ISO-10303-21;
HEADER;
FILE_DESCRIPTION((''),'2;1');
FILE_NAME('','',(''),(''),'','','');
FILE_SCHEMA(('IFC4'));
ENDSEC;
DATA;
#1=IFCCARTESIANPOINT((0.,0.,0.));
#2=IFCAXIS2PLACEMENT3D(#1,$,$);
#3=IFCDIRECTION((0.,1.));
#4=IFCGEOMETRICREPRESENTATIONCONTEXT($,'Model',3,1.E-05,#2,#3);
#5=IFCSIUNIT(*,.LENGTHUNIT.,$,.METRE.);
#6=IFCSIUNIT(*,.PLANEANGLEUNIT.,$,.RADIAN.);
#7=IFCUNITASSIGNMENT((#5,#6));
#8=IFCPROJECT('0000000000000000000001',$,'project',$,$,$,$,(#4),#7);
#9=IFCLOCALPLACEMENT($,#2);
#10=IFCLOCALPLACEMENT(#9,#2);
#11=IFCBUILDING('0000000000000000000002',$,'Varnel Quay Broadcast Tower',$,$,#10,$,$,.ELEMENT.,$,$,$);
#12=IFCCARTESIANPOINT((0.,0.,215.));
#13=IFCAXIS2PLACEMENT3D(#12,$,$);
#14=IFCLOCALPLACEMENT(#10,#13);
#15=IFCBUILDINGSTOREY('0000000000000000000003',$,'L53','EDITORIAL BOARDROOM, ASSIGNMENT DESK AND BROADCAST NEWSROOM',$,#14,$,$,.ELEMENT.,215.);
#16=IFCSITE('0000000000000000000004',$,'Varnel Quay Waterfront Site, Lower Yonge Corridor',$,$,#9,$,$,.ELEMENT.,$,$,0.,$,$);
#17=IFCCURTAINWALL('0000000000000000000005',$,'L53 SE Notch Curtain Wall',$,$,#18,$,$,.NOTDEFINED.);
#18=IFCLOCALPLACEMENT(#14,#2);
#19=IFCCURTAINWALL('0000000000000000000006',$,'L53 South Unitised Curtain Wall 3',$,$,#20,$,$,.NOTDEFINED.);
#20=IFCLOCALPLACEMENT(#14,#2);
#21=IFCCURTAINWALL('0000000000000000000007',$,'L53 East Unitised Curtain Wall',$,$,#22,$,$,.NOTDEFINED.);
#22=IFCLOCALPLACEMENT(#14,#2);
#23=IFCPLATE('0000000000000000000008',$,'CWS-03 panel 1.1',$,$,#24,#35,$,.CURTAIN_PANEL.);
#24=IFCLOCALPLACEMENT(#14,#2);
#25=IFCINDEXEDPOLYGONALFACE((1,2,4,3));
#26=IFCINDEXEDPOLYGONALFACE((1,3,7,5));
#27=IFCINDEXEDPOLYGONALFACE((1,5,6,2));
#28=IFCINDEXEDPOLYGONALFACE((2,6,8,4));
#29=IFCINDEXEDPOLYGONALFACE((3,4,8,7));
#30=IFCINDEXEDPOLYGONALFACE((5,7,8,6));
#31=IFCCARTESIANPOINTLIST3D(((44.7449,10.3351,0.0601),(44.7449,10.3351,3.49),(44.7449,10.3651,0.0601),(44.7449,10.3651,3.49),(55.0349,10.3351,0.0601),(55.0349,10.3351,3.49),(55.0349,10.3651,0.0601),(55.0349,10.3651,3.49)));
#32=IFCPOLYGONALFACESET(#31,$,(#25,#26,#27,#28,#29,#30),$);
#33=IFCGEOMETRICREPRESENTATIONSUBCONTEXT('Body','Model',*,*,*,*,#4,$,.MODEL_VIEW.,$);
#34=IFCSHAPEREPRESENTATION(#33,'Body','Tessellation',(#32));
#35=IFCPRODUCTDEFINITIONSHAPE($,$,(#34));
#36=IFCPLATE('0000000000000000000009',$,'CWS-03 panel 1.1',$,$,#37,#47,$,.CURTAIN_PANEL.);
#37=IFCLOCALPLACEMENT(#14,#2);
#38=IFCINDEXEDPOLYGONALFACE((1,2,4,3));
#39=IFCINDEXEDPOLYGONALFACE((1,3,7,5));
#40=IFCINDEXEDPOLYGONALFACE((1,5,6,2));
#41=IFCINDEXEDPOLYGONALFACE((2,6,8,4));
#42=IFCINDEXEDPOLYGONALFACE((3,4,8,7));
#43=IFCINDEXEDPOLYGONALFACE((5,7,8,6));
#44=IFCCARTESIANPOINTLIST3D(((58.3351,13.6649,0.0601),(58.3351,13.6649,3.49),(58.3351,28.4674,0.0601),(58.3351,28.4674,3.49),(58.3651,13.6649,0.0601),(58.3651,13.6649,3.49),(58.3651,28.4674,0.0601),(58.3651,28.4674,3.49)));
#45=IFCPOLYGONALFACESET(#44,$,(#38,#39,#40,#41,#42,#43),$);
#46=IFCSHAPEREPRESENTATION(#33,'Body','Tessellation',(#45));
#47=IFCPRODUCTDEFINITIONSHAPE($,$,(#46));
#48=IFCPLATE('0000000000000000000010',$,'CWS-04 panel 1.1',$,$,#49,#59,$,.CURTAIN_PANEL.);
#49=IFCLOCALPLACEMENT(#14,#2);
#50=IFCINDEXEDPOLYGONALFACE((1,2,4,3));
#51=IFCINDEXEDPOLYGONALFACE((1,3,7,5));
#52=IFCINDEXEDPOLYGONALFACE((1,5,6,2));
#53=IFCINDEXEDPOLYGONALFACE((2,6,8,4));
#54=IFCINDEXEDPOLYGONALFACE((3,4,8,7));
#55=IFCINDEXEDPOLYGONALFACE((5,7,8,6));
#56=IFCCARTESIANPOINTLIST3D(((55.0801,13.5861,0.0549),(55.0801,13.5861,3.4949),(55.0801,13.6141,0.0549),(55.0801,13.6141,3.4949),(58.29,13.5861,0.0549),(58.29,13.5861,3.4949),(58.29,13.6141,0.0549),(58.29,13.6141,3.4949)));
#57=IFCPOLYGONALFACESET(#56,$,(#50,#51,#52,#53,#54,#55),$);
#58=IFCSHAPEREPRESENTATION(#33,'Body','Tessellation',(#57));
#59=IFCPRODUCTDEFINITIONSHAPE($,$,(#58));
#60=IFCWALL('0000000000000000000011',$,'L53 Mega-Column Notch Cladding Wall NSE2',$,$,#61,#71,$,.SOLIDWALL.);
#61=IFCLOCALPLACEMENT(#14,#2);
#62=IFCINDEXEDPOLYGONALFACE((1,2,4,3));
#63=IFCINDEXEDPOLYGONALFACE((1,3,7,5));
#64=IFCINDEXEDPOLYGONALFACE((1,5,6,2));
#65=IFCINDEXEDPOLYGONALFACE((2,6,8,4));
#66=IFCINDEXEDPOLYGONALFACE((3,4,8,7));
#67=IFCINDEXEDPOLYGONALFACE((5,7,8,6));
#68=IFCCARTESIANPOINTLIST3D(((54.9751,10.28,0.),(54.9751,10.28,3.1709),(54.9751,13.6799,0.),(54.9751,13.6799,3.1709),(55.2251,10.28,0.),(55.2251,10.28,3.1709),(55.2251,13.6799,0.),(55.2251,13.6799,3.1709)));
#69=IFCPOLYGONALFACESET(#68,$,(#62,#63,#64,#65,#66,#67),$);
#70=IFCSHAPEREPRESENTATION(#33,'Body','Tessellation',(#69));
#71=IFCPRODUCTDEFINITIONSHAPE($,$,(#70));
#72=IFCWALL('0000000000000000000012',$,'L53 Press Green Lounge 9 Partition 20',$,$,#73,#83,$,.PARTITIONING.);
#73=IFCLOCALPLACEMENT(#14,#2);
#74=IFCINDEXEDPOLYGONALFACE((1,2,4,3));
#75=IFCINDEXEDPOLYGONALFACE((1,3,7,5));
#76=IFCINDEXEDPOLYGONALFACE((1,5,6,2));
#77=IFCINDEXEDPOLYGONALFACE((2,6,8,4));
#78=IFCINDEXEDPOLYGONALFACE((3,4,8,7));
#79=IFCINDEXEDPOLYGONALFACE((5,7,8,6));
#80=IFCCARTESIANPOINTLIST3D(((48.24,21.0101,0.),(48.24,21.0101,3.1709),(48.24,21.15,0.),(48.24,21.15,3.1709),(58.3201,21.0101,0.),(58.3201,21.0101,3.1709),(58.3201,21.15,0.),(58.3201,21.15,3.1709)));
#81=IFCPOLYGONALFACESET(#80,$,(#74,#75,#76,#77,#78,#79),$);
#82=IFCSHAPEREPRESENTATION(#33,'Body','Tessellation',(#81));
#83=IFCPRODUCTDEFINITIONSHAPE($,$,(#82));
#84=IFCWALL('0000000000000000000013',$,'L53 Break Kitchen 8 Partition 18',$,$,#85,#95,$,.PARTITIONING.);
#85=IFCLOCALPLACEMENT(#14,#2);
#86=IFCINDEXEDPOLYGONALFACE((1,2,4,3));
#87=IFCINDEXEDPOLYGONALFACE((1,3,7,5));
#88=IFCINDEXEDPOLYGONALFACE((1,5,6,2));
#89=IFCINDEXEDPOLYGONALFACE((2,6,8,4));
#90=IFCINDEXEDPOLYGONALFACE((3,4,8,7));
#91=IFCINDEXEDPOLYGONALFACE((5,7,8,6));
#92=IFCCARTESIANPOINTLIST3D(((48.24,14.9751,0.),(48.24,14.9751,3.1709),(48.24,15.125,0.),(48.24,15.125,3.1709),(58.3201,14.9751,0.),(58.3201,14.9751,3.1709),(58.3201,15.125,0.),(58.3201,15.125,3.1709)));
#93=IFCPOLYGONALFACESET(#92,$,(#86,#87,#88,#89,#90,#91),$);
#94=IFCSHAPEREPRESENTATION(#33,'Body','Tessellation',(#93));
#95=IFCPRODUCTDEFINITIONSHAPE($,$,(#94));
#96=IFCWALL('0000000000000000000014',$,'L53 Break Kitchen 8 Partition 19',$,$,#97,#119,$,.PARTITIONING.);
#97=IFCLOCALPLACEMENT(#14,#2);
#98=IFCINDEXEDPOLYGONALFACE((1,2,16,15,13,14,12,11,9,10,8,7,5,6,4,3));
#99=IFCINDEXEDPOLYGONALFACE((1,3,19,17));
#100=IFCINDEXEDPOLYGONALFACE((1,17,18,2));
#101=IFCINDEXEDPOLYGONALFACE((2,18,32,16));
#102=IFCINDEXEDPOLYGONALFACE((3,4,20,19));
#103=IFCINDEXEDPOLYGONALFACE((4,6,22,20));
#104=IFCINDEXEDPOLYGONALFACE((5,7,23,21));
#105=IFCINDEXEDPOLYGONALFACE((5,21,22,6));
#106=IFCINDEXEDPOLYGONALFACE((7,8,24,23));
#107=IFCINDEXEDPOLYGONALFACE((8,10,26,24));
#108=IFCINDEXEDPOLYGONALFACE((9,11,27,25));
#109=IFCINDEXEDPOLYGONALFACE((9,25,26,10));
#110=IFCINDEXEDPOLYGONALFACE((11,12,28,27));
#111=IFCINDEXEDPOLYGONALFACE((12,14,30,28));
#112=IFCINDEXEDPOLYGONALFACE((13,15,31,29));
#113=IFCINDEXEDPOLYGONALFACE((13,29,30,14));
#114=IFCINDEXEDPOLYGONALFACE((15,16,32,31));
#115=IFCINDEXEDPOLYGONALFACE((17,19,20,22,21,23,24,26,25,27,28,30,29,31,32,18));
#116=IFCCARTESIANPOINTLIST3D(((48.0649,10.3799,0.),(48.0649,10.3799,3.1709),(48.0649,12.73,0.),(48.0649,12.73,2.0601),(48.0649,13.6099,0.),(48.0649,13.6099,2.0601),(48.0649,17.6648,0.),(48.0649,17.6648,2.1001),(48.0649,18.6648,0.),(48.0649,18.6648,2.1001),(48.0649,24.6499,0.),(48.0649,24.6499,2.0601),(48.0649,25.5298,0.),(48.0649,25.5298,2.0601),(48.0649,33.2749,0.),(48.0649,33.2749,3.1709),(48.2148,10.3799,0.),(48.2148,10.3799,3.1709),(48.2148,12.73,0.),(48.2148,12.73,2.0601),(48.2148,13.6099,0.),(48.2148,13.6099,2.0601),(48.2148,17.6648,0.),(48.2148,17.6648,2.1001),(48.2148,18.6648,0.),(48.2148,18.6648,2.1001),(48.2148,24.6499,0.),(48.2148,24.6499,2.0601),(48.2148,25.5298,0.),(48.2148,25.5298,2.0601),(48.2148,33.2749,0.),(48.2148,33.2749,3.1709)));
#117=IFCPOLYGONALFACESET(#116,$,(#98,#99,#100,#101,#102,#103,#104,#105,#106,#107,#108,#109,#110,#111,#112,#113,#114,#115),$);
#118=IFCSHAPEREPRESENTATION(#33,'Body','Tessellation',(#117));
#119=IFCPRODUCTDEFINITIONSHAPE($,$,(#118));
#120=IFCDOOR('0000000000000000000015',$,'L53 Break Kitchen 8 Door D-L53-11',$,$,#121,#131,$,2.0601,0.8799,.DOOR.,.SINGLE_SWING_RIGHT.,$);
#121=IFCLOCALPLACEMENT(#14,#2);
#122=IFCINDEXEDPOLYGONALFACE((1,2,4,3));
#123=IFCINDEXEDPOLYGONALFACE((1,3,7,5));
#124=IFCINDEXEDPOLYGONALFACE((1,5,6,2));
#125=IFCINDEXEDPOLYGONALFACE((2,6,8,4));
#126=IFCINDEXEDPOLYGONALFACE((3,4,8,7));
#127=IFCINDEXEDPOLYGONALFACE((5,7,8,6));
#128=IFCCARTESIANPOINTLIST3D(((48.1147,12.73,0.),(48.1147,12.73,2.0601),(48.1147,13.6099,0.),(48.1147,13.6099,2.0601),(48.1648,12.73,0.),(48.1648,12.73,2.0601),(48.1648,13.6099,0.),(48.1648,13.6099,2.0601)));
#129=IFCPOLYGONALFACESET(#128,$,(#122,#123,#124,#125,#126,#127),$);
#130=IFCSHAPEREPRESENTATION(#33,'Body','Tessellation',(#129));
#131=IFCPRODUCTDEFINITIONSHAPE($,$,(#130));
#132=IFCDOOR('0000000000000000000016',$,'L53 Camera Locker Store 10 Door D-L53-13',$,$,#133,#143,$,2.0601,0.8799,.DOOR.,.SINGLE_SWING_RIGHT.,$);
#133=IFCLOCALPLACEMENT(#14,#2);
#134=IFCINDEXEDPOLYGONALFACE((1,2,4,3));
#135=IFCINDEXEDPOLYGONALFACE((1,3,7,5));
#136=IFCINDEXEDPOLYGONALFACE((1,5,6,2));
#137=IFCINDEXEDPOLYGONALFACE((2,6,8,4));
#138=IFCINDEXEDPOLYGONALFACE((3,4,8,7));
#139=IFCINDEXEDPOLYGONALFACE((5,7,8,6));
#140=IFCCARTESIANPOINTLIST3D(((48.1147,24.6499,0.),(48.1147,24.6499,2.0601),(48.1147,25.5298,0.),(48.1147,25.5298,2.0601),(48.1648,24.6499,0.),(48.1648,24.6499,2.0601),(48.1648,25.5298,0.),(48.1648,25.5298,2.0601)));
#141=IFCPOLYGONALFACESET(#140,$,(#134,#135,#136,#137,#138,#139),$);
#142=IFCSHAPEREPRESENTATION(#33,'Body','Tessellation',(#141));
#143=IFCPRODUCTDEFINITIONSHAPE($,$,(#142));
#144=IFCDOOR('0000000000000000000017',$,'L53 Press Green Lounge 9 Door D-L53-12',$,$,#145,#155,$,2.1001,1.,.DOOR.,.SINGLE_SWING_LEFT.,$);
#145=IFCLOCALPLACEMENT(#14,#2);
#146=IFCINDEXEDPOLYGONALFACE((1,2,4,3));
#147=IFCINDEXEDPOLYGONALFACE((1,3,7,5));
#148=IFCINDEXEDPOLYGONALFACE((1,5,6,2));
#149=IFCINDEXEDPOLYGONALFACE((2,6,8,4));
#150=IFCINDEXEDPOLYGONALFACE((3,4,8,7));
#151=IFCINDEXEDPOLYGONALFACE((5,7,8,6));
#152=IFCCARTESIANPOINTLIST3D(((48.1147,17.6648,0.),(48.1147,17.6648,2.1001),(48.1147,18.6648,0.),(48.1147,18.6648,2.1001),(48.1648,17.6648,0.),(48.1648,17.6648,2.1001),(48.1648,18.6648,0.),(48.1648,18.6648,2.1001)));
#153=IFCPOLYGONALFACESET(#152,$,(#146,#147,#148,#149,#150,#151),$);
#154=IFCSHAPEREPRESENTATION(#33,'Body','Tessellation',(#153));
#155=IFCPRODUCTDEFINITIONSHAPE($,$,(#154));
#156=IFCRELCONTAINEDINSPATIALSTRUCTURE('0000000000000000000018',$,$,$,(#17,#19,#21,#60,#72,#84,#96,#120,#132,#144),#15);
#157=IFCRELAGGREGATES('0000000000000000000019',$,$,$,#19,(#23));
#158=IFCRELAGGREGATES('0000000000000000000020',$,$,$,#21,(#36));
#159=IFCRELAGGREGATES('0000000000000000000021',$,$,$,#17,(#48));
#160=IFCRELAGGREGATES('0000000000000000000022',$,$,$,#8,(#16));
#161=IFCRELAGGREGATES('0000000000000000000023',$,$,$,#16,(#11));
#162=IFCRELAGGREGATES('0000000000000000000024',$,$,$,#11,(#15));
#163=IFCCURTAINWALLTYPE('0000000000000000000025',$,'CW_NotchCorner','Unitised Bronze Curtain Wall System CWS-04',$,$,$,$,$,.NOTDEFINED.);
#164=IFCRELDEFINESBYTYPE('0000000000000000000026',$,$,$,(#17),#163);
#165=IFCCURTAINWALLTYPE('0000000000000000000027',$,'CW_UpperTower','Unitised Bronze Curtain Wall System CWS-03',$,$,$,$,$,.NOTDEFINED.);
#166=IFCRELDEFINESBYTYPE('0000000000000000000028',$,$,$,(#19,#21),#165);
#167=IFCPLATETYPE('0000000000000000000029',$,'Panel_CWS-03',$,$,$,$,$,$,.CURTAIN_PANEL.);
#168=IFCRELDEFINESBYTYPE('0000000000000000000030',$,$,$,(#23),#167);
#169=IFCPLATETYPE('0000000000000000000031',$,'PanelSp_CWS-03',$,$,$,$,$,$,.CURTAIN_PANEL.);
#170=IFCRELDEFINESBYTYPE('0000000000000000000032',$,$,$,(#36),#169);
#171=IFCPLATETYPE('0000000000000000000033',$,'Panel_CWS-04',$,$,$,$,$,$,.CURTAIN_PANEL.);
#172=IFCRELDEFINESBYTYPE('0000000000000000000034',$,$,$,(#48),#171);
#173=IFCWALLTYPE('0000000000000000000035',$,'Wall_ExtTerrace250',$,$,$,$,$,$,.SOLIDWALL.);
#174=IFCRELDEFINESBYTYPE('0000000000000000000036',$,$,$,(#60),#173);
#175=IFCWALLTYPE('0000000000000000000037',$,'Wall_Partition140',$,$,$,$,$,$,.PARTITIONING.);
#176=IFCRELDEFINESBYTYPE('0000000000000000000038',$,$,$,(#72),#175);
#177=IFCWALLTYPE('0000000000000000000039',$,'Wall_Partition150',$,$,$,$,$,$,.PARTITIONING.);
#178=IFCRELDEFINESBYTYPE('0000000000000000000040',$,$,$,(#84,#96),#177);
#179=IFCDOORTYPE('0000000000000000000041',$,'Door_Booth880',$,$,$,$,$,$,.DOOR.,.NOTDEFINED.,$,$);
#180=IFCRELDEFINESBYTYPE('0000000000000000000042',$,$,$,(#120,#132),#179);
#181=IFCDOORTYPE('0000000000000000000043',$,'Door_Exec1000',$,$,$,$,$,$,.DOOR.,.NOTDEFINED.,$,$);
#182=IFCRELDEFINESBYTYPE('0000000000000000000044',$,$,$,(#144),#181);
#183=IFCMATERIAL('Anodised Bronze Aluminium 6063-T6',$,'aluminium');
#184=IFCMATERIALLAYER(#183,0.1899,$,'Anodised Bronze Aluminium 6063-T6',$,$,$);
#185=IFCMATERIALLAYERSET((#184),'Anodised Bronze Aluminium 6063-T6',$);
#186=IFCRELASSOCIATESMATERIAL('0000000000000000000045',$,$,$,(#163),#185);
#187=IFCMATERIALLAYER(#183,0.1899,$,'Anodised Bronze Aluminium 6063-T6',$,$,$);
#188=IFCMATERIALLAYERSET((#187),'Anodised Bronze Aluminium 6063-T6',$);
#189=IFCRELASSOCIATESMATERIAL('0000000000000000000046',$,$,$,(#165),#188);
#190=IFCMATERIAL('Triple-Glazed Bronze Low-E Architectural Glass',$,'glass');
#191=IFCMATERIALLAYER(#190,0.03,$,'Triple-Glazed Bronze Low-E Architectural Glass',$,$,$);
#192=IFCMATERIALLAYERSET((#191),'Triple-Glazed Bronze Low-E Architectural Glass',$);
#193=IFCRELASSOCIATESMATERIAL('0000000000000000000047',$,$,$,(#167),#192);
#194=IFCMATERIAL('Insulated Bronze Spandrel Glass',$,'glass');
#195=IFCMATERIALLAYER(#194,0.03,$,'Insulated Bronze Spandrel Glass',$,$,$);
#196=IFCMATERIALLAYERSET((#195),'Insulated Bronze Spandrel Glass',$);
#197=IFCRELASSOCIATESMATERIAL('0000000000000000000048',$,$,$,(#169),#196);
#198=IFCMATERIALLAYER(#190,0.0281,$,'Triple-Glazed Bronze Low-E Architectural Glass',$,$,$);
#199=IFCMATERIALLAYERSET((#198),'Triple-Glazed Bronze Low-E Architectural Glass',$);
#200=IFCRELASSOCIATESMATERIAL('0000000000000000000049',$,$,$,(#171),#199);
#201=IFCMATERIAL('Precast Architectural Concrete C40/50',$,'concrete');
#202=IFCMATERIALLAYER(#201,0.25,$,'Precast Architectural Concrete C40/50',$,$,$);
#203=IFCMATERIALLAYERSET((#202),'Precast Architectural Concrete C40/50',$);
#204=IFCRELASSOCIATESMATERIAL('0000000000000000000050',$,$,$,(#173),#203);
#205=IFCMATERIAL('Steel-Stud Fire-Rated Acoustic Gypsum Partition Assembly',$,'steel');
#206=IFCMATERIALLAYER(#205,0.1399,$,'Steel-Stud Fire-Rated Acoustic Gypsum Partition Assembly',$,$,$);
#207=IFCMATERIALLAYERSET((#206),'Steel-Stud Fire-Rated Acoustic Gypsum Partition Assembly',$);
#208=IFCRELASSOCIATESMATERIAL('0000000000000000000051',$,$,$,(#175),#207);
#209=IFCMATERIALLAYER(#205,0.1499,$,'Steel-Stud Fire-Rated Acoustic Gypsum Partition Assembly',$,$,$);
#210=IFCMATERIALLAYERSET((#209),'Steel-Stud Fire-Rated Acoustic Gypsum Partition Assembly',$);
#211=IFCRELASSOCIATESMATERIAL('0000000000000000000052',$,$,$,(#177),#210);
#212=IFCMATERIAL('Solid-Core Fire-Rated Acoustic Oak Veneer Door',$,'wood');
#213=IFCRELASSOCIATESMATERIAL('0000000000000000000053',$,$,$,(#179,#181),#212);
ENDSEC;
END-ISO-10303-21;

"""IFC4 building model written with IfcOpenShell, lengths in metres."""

from ifc_helpers import new_model, si_unit, direction, frame, frame_2d, origin, origin_2d, place, context, subcontext, project, spatial, rectangle, extrude, source, transform, mapped, material, layer, layer_set, type_object, type_shapes, element, fill, aggregate, save


model = new_model("IFC4")

# Units and contexts
model_context = context("Model", 3, precision=1e-05, world=origin(), true_north=direction((0.0, 1.0)))
body_context = subcontext(model_context, "Body", "Model", "MODEL_VIEW")
ifc_project = project(units=[si_unit("LENGTHUNIT", "METRE"), si_unit("PLANEANGLEUNIT", "RADIAN")], contexts=[model_context])

# Site, building, storey
site_placement = place(None, origin())
site = spatial("IfcSite", under=ifc_project, at=site_placement, Name="Varnel Quay Waterfront Site, Lower Yonge Corridor", CompositionType="ELEMENT", RefElevation=0.0)
building_placement = place(site_placement, origin())
building = spatial("IfcBuilding", under=site, at=building_placement, Name="Varnel Quay Broadcast Tower", CompositionType="ELEMENT")
storey_placement = place(building_placement, frame((0.0, 0.0, 215.0)))
storey = spatial("IfcBuildingStorey", under=building, at=storey_placement, Name="L53", Description="EDITORIAL BOARDROOM, ASSIGNMENT DESK AND BROADCAST NEWSROOM", CompositionType="ELEMENT", Elevation=215.0)

# Curtain wall
ifc_material_1 = material(Name="Anodised Bronze Aluminium 6063-T6", Category="aluminium")
ifc_layer_1 = layer(ifc_material_1, 0.1899, Name="Anodised Bronze Aluminium 6063-T6")
ifc_layer_set_1 = layer_set([ifc_layer_1], Name="Anodised Bronze Aluminium 6063-T6")
curtain_wall_type_1 = type_object("IfcCurtainWallType", Name="CW_NotchCorner", Description="Unitised Bronze Curtain Wall System CWS-04", PredefinedType="NOTDEFINED", material=ifc_layer_set_1)
curtain_wall_1_placement = place(storey_placement, origin())
curtain_wall_1 = element("IfcCurtainWall", 1, at=curtain_wall_1_placement, inside=storey, type_object=curtain_wall_type_1, Name="L53 SE Notch Curtain Wall", PredefinedType="NOTDEFINED")

# Curtain walls
ifc_layer_2 = layer(ifc_material_1, 0.1899, Name="Anodised Bronze Aluminium 6063-T6")
ifc_layer_set_2 = layer_set([ifc_layer_2], Name="Anodised Bronze Aluminium 6063-T6")
curtain_wall_type_2 = type_object("IfcCurtainWallType", Name="CW_UpperTower", Description="Unitised Bronze Curtain Wall System CWS-03", PredefinedType="NOTDEFINED", material=ifc_layer_set_2)
curtain_wall_2_placement = place(storey_placement, origin())
curtain_wall_2 = element("IfcCurtainWall", 2, at=curtain_wall_2_placement, inside=storey, type_object=curtain_wall_type_2, Name="L53 South Unitised Curtain Wall 3", PredefinedType="NOTDEFINED")
curtain_wall_3_placement = place(storey_placement, origin())
curtain_wall_3 = element("IfcCurtainWall", 3, at=curtain_wall_3_placement, inside=storey, type_object=curtain_wall_type_2, Name="L53 East Unitised Curtain Wall", PredefinedType="NOTDEFINED")

# Plates
ifc_material_2 = material(Name="Triple-Glazed Bronze Low-E Architectural Glass", Category="glass")
ifc_layer_3 = layer(ifc_material_2, 0.03, Name="Triple-Glazed Bronze Low-E Architectural Glass")
ifc_layer_set_3 = layer_set([ifc_layer_3], Name="Triple-Glazed Bronze Low-E Architectural Glass")
plate_type_1 = type_object("IfcPlateType", Name="Panel_CWS-03", PredefinedType="CURTAIN_PANEL", material=ifc_layer_set_3)
shared_shape_1 = source(origin(), body_context, "Body", "SweptSolid", [
    extrude(rectangle(XDim=10.29, YDim=0.03, at=origin_2d()), origin(), (0.0, 0.0, 1.0), 3.4299),
])
type_shapes(plate_type_1, [shared_shape_1])
plate_1_placement = place(storey_placement, frame((49.8899, 10.3501, 0.0601), z_axis=(0.0, 0.0, 1.0), x_axis=(1.0, 0.0, 0.0)))
plate_1 = element("IfcPlate", 4, at=plate_1_placement, type_object=plate_type_1, Name="CWS-03 panel 1.1", PredefinedType="CURTAIN_PANEL", context=body_context, shape_type="MappedRepresentation", body=[
    mapped(shared_shape_1, transform((0.0, 0.0, 0.0), x_axis=(1.0, 0.0, 0.0), y_axis=(0.0, 1.0, 0.0), z_axis=(0.0, 0.0, 1.0), scale=1.0)),
])
aggregate(curtain_wall_2, [plate_1])
ifc_material_3 = material(Name="Insulated Bronze Spandrel Glass", Category="glass")
ifc_layer_4 = layer(ifc_material_3, 0.03, Name="Insulated Bronze Spandrel Glass")
ifc_layer_set_4 = layer_set([ifc_layer_4], Name="Insulated Bronze Spandrel Glass")
plate_type_2 = type_object("IfcPlateType", Name="PanelSp_CWS-03", PredefinedType="CURTAIN_PANEL", material=ifc_layer_set_4)
shared_shape_2 = source(origin(), body_context, "Body", "SweptSolid", [
    extrude(rectangle(XDim=14.8025, YDim=0.03, at=origin_2d()), origin(), (0.0, 0.0, 1.0), 3.4299),
])
type_shapes(plate_type_2, [shared_shape_2])
plate_2_placement = place(storey_placement, frame((58.3501, 21.0662, 0.0601), z_axis=(0.0, 0.0, 1.0), x_axis=(0.0, 1.0, 0.0)))
plate_2 = element("IfcPlate", 5, at=plate_2_placement, type_object=plate_type_2, Name="CWS-03 panel 1.1", PredefinedType="CURTAIN_PANEL", context=body_context, shape_type="MappedRepresentation", body=[
    mapped(shared_shape_2, transform((0.0, 0.0, 0.0), x_axis=(1.0, 0.0, 0.0), y_axis=(0.0, 1.0, 0.0), z_axis=(0.0, 0.0, 1.0), scale=1.0)),
])
aggregate(curtain_wall_3, [plate_2])
ifc_layer_5 = layer(ifc_material_2, 0.0281, Name="Triple-Glazed Bronze Low-E Architectural Glass")
ifc_layer_set_5 = layer_set([ifc_layer_5], Name="Triple-Glazed Bronze Low-E Architectural Glass")
plate_type_3 = type_object("IfcPlateType", Name="Panel_CWS-04", PredefinedType="CURTAIN_PANEL", material=ifc_layer_set_5)
shared_shape_3 = source(origin(), body_context, "Body", "SweptSolid", [
    extrude(rectangle(XDim=3.21, YDim=0.0281, at=origin_2d()), origin(), (0.0, 0.0, 1.0), 3.4399),
])
type_shapes(plate_type_3, [shared_shape_3])
plate_3_placement = place(storey_placement, frame((56.6851, 13.6001, 0.0549), z_axis=(0.0, 0.0, 1.0), x_axis=(1.0, 0.0, 0.0)))
plate_3 = element("IfcPlate", 6, at=plate_3_placement, type_object=plate_type_3, Name="CWS-04 panel 1.1", PredefinedType="CURTAIN_PANEL", context=body_context, shape_type="MappedRepresentation", body=[
    mapped(shared_shape_3, transform((0.0, 0.0, 0.0), x_axis=(1.0, 0.0, 0.0), y_axis=(0.0, 1.0, 0.0), z_axis=(0.0, 0.0, 1.0), scale=1.0)),
])
aggregate(curtain_wall_1, [plate_3])

# Walls
ifc_material_4 = material(Name="Precast Architectural Concrete C40/50", Category="concrete")
ifc_layer_6 = layer(ifc_material_4, 0.25, Name="Precast Architectural Concrete C40/50")
ifc_layer_set_6 = layer_set([ifc_layer_6], Name="Precast Architectural Concrete C40/50")
wall_type_1 = type_object("IfcWallType", Name="Wall_ExtTerrace250", PredefinedType="SOLIDWALL", material=ifc_layer_set_6)
wall_1_placement = place(storey_placement, frame((55.1001, 10.28, 0.0), z_axis=(0.0, 0.0, 1.0), x_axis=(0.0, 1.0, 0.0)))
element("IfcWall", 7, at=wall_1_placement, inside=storey, type_object=wall_type_1, Name="L53 Mega-Column Notch Cladding Wall NSE2", PredefinedType="SOLIDWALL", context=body_context, shape_type="SweptSolid", body=[
    extrude(rectangle(XDim=3.3999, YDim=0.25, at=frame_2d((1.7, 0.0))), origin(), (0.0, 0.0, 1.0), 3.1709),
])
ifc_material_5 = material(Name="Steel-Stud Fire-Rated Acoustic Gypsum Partition Assembly", Category="steel")
ifc_layer_7 = layer(ifc_material_5, 0.1399, Name="Steel-Stud Fire-Rated Acoustic Gypsum Partition Assembly")
ifc_layer_set_7 = layer_set([ifc_layer_7], Name="Steel-Stud Fire-Rated Acoustic Gypsum Partition Assembly")
wall_type_2 = type_object("IfcWallType", Name="Wall_Partition140", PredefinedType="PARTITIONING", material=ifc_layer_set_7)
wall_2_placement = place(storey_placement, frame((48.24, 21.0801, 0.0), z_axis=(0.0, 0.0, 1.0), x_axis=(1.0, 0.0, 0.0)))
element("IfcWall", 8, at=wall_2_placement, inside=storey, type_object=wall_type_2, Name="L53 Press Green Lounge 9 Partition 20", PredefinedType="PARTITIONING", context=body_context, shape_type="SweptSolid", body=[
    extrude(rectangle(XDim=10.0801, YDim=0.1399, at=frame_2d((5.04, 0.0))), origin(), (0.0, 0.0, 1.0), 3.1709),
])
ifc_layer_8 = layer(ifc_material_5, 0.1499, Name="Steel-Stud Fire-Rated Acoustic Gypsum Partition Assembly")
ifc_layer_set_8 = layer_set([ifc_layer_8], Name="Steel-Stud Fire-Rated Acoustic Gypsum Partition Assembly")
wall_type_3 = type_object("IfcWallType", Name="Wall_Partition150", PredefinedType="PARTITIONING", material=ifc_layer_set_8)
wall_3_placement = place(storey_placement, frame((48.24, 15.05, 0.0), z_axis=(0.0, 0.0, 1.0), x_axis=(1.0, 0.0, 0.0)))
element("IfcWall", 9, at=wall_3_placement, inside=storey, type_object=wall_type_3, Name="L53 Break Kitchen 8 Partition 18", PredefinedType="PARTITIONING", context=body_context, shape_type="SweptSolid", body=[
    extrude(rectangle(XDim=10.0801, YDim=0.1499, at=frame_2d((5.04, 0.0))), origin(), (0.0, 0.0, 1.0), 3.1709),
])

# Wall, openings, doors
wall_4_placement = place(storey_placement, frame((48.1399, 10.3799, 0.0), z_axis=(0.0, 0.0, 1.0), x_axis=(0.0, 1.0, 0.0)))
wall_4 = element("IfcWall", 10, at=wall_4_placement, inside=storey, type_object=wall_type_3, Name="L53 Break Kitchen 8 Partition 19", PredefinedType="PARTITIONING", context=body_context, shape_type="SweptSolid", body=[
    extrude(rectangle(XDim=22.895, YDim=0.1499, at=frame_2d((11.4475, 0.0))), origin(), (0.0, 0.0, 1.0), 3.1709),
])
opening_1_placement = place(wall_4_placement, frame((2.3501, 0.0, 0.0)))
opening_1 = element("IfcOpeningElement", 11, at=opening_1_placement, cuts=wall_4, PredefinedType="OPENING", context=body_context, shape_type="SweptSolid", body=[
    extrude(rectangle(XDim=0.8799, YDim=2.0601, at=frame_2d((0.4399, 1.03))), frame((0.0, 0.085, 0.0), z_axis=(0.0, -1.0, 0.0), x_axis=(1.0, 0.0, 0.0)), (0.0, 0.0, 1.0), 0.1699),
])
opening_2_placement = place(wall_4_placement, frame((7.2849, 0.0, 0.0)))
opening_2 = element("IfcOpeningElement", 12, at=opening_2_placement, cuts=wall_4, PredefinedType="OPENING", context=body_context, shape_type="SweptSolid", body=[
    extrude(rectangle(XDim=1.0, YDim=2.1001, at=frame_2d((0.5, 1.05))), frame((0.0, 0.085, 0.0), z_axis=(0.0, -1.0, 0.0), x_axis=(1.0, 0.0, 0.0)), (0.0, 0.0, 1.0), 0.1699),
])
opening_3_placement = place(wall_4_placement, frame((14.27, 0.0, 0.0)))
opening_3 = element("IfcOpeningElement", 13, at=opening_3_placement, cuts=wall_4, PredefinedType="OPENING", context=body_context, shape_type="SweptSolid", body=[
    extrude(rectangle(XDim=0.8799, YDim=2.0601, at=frame_2d((0.4399, 1.03))), frame((0.0, 0.085, 0.0), z_axis=(0.0, -1.0, 0.0), x_axis=(1.0, 0.0, 0.0)), (0.0, 0.0, 1.0), 0.1699),
])
ifc_material_6 = material(Name="Solid-Core Fire-Rated Acoustic Oak Veneer Door", Category="wood")
door_type_1 = type_object("IfcDoorType", Name="Door_Booth880", OperationType="NOTDEFINED", PredefinedType="DOOR", material=ifc_material_6)
shared_shape_4 = source(origin(), body_context, "Body", "SweptSolid", [
    extrude(rectangle(XDim=0.8799, YDim=2.0601, at=frame_2d((0.4399, 1.03))), frame((0.0, 0.0249, 0.0), z_axis=(0.0, -1.0, 0.0), x_axis=(1.0, 0.0, 0.0)), (0.0, 0.0, 1.0), 0.05),
])
type_shapes(door_type_1, [shared_shape_4])
door_1_placement = place(opening_1_placement, frame((0.8799, 0.0, 0.0), z_axis=(0.0, 0.0, 1.0), x_axis=(-1.0, 0.0, 0.0)))
door_1 = element("IfcDoor", 14, at=door_1_placement, inside=storey, type_object=door_type_1, Name="L53 Break Kitchen 8 Door D-L53-11", OperationType="SINGLE_SWING_RIGHT", OverallHeight=2.0601, OverallWidth=0.8799, PredefinedType="DOOR", context=body_context, shape_type="MappedRepresentation", body=[
    mapped(shared_shape_4, transform((0.0, 0.0, 0.0), x_axis=(1.0, 0.0, 0.0), y_axis=(0.0, 1.0, 0.0), z_axis=(0.0, 0.0, 1.0), scale=1.0)),
])
fill(opening_1, door_1)
door_2_placement = place(opening_3_placement, frame((0.8799, 0.0, 0.0), z_axis=(0.0, 0.0, 1.0), x_axis=(-1.0, 0.0, 0.0)))
door_2 = element("IfcDoor", 15, at=door_2_placement, inside=storey, type_object=door_type_1, Name="L53 Camera Locker Store 10 Door D-L53-13", OperationType="SINGLE_SWING_RIGHT", OverallHeight=2.0601, OverallWidth=0.8799, PredefinedType="DOOR", context=body_context, shape_type="MappedRepresentation", body=[
    mapped(shared_shape_4, transform((0.0, 0.0, 0.0), x_axis=(1.0, 0.0, 0.0), y_axis=(0.0, 1.0, 0.0), z_axis=(0.0, 0.0, 1.0), scale=1.0)),
])
fill(opening_3, door_2)
door_type_2 = type_object("IfcDoorType", Name="Door_Exec1000", OperationType="NOTDEFINED", PredefinedType="DOOR", material=ifc_material_6)
shared_shape_5 = source(origin(), body_context, "Body", "SweptSolid", [
    extrude(rectangle(XDim=1.0, YDim=2.1001, at=frame_2d((0.5, 1.05))), frame((0.0, 0.0249, 0.0), z_axis=(0.0, -1.0, 0.0), x_axis=(1.0, 0.0, 0.0)), (0.0, 0.0, 1.0), 0.05),
])
type_shapes(door_type_2, [shared_shape_5])
door_3_placement = place(opening_2_placement, frame((1.0, 0.0, 0.0), z_axis=(0.0, 0.0, 1.0), x_axis=(-1.0, 0.0, 0.0)))
door_3 = element("IfcDoor", 16, at=door_3_placement, inside=storey, type_object=door_type_2, Name="L53 Press Green Lounge 9 Door D-L53-12", OperationType="SINGLE_SWING_LEFT", OverallHeight=2.1001, OverallWidth=1.0, PredefinedType="DOOR", context=body_context, shape_type="MappedRepresentation", body=[
    mapped(shared_shape_5, transform((0.0, 0.0, 0.0), x_axis=(1.0, 0.0, 0.0), y_axis=(0.0, 1.0, 0.0), z_axis=(0.0, 0.0, 1.0), scale=1.0)),
])
fill(opening_2, door_3)

save(model, "model.ifc")
